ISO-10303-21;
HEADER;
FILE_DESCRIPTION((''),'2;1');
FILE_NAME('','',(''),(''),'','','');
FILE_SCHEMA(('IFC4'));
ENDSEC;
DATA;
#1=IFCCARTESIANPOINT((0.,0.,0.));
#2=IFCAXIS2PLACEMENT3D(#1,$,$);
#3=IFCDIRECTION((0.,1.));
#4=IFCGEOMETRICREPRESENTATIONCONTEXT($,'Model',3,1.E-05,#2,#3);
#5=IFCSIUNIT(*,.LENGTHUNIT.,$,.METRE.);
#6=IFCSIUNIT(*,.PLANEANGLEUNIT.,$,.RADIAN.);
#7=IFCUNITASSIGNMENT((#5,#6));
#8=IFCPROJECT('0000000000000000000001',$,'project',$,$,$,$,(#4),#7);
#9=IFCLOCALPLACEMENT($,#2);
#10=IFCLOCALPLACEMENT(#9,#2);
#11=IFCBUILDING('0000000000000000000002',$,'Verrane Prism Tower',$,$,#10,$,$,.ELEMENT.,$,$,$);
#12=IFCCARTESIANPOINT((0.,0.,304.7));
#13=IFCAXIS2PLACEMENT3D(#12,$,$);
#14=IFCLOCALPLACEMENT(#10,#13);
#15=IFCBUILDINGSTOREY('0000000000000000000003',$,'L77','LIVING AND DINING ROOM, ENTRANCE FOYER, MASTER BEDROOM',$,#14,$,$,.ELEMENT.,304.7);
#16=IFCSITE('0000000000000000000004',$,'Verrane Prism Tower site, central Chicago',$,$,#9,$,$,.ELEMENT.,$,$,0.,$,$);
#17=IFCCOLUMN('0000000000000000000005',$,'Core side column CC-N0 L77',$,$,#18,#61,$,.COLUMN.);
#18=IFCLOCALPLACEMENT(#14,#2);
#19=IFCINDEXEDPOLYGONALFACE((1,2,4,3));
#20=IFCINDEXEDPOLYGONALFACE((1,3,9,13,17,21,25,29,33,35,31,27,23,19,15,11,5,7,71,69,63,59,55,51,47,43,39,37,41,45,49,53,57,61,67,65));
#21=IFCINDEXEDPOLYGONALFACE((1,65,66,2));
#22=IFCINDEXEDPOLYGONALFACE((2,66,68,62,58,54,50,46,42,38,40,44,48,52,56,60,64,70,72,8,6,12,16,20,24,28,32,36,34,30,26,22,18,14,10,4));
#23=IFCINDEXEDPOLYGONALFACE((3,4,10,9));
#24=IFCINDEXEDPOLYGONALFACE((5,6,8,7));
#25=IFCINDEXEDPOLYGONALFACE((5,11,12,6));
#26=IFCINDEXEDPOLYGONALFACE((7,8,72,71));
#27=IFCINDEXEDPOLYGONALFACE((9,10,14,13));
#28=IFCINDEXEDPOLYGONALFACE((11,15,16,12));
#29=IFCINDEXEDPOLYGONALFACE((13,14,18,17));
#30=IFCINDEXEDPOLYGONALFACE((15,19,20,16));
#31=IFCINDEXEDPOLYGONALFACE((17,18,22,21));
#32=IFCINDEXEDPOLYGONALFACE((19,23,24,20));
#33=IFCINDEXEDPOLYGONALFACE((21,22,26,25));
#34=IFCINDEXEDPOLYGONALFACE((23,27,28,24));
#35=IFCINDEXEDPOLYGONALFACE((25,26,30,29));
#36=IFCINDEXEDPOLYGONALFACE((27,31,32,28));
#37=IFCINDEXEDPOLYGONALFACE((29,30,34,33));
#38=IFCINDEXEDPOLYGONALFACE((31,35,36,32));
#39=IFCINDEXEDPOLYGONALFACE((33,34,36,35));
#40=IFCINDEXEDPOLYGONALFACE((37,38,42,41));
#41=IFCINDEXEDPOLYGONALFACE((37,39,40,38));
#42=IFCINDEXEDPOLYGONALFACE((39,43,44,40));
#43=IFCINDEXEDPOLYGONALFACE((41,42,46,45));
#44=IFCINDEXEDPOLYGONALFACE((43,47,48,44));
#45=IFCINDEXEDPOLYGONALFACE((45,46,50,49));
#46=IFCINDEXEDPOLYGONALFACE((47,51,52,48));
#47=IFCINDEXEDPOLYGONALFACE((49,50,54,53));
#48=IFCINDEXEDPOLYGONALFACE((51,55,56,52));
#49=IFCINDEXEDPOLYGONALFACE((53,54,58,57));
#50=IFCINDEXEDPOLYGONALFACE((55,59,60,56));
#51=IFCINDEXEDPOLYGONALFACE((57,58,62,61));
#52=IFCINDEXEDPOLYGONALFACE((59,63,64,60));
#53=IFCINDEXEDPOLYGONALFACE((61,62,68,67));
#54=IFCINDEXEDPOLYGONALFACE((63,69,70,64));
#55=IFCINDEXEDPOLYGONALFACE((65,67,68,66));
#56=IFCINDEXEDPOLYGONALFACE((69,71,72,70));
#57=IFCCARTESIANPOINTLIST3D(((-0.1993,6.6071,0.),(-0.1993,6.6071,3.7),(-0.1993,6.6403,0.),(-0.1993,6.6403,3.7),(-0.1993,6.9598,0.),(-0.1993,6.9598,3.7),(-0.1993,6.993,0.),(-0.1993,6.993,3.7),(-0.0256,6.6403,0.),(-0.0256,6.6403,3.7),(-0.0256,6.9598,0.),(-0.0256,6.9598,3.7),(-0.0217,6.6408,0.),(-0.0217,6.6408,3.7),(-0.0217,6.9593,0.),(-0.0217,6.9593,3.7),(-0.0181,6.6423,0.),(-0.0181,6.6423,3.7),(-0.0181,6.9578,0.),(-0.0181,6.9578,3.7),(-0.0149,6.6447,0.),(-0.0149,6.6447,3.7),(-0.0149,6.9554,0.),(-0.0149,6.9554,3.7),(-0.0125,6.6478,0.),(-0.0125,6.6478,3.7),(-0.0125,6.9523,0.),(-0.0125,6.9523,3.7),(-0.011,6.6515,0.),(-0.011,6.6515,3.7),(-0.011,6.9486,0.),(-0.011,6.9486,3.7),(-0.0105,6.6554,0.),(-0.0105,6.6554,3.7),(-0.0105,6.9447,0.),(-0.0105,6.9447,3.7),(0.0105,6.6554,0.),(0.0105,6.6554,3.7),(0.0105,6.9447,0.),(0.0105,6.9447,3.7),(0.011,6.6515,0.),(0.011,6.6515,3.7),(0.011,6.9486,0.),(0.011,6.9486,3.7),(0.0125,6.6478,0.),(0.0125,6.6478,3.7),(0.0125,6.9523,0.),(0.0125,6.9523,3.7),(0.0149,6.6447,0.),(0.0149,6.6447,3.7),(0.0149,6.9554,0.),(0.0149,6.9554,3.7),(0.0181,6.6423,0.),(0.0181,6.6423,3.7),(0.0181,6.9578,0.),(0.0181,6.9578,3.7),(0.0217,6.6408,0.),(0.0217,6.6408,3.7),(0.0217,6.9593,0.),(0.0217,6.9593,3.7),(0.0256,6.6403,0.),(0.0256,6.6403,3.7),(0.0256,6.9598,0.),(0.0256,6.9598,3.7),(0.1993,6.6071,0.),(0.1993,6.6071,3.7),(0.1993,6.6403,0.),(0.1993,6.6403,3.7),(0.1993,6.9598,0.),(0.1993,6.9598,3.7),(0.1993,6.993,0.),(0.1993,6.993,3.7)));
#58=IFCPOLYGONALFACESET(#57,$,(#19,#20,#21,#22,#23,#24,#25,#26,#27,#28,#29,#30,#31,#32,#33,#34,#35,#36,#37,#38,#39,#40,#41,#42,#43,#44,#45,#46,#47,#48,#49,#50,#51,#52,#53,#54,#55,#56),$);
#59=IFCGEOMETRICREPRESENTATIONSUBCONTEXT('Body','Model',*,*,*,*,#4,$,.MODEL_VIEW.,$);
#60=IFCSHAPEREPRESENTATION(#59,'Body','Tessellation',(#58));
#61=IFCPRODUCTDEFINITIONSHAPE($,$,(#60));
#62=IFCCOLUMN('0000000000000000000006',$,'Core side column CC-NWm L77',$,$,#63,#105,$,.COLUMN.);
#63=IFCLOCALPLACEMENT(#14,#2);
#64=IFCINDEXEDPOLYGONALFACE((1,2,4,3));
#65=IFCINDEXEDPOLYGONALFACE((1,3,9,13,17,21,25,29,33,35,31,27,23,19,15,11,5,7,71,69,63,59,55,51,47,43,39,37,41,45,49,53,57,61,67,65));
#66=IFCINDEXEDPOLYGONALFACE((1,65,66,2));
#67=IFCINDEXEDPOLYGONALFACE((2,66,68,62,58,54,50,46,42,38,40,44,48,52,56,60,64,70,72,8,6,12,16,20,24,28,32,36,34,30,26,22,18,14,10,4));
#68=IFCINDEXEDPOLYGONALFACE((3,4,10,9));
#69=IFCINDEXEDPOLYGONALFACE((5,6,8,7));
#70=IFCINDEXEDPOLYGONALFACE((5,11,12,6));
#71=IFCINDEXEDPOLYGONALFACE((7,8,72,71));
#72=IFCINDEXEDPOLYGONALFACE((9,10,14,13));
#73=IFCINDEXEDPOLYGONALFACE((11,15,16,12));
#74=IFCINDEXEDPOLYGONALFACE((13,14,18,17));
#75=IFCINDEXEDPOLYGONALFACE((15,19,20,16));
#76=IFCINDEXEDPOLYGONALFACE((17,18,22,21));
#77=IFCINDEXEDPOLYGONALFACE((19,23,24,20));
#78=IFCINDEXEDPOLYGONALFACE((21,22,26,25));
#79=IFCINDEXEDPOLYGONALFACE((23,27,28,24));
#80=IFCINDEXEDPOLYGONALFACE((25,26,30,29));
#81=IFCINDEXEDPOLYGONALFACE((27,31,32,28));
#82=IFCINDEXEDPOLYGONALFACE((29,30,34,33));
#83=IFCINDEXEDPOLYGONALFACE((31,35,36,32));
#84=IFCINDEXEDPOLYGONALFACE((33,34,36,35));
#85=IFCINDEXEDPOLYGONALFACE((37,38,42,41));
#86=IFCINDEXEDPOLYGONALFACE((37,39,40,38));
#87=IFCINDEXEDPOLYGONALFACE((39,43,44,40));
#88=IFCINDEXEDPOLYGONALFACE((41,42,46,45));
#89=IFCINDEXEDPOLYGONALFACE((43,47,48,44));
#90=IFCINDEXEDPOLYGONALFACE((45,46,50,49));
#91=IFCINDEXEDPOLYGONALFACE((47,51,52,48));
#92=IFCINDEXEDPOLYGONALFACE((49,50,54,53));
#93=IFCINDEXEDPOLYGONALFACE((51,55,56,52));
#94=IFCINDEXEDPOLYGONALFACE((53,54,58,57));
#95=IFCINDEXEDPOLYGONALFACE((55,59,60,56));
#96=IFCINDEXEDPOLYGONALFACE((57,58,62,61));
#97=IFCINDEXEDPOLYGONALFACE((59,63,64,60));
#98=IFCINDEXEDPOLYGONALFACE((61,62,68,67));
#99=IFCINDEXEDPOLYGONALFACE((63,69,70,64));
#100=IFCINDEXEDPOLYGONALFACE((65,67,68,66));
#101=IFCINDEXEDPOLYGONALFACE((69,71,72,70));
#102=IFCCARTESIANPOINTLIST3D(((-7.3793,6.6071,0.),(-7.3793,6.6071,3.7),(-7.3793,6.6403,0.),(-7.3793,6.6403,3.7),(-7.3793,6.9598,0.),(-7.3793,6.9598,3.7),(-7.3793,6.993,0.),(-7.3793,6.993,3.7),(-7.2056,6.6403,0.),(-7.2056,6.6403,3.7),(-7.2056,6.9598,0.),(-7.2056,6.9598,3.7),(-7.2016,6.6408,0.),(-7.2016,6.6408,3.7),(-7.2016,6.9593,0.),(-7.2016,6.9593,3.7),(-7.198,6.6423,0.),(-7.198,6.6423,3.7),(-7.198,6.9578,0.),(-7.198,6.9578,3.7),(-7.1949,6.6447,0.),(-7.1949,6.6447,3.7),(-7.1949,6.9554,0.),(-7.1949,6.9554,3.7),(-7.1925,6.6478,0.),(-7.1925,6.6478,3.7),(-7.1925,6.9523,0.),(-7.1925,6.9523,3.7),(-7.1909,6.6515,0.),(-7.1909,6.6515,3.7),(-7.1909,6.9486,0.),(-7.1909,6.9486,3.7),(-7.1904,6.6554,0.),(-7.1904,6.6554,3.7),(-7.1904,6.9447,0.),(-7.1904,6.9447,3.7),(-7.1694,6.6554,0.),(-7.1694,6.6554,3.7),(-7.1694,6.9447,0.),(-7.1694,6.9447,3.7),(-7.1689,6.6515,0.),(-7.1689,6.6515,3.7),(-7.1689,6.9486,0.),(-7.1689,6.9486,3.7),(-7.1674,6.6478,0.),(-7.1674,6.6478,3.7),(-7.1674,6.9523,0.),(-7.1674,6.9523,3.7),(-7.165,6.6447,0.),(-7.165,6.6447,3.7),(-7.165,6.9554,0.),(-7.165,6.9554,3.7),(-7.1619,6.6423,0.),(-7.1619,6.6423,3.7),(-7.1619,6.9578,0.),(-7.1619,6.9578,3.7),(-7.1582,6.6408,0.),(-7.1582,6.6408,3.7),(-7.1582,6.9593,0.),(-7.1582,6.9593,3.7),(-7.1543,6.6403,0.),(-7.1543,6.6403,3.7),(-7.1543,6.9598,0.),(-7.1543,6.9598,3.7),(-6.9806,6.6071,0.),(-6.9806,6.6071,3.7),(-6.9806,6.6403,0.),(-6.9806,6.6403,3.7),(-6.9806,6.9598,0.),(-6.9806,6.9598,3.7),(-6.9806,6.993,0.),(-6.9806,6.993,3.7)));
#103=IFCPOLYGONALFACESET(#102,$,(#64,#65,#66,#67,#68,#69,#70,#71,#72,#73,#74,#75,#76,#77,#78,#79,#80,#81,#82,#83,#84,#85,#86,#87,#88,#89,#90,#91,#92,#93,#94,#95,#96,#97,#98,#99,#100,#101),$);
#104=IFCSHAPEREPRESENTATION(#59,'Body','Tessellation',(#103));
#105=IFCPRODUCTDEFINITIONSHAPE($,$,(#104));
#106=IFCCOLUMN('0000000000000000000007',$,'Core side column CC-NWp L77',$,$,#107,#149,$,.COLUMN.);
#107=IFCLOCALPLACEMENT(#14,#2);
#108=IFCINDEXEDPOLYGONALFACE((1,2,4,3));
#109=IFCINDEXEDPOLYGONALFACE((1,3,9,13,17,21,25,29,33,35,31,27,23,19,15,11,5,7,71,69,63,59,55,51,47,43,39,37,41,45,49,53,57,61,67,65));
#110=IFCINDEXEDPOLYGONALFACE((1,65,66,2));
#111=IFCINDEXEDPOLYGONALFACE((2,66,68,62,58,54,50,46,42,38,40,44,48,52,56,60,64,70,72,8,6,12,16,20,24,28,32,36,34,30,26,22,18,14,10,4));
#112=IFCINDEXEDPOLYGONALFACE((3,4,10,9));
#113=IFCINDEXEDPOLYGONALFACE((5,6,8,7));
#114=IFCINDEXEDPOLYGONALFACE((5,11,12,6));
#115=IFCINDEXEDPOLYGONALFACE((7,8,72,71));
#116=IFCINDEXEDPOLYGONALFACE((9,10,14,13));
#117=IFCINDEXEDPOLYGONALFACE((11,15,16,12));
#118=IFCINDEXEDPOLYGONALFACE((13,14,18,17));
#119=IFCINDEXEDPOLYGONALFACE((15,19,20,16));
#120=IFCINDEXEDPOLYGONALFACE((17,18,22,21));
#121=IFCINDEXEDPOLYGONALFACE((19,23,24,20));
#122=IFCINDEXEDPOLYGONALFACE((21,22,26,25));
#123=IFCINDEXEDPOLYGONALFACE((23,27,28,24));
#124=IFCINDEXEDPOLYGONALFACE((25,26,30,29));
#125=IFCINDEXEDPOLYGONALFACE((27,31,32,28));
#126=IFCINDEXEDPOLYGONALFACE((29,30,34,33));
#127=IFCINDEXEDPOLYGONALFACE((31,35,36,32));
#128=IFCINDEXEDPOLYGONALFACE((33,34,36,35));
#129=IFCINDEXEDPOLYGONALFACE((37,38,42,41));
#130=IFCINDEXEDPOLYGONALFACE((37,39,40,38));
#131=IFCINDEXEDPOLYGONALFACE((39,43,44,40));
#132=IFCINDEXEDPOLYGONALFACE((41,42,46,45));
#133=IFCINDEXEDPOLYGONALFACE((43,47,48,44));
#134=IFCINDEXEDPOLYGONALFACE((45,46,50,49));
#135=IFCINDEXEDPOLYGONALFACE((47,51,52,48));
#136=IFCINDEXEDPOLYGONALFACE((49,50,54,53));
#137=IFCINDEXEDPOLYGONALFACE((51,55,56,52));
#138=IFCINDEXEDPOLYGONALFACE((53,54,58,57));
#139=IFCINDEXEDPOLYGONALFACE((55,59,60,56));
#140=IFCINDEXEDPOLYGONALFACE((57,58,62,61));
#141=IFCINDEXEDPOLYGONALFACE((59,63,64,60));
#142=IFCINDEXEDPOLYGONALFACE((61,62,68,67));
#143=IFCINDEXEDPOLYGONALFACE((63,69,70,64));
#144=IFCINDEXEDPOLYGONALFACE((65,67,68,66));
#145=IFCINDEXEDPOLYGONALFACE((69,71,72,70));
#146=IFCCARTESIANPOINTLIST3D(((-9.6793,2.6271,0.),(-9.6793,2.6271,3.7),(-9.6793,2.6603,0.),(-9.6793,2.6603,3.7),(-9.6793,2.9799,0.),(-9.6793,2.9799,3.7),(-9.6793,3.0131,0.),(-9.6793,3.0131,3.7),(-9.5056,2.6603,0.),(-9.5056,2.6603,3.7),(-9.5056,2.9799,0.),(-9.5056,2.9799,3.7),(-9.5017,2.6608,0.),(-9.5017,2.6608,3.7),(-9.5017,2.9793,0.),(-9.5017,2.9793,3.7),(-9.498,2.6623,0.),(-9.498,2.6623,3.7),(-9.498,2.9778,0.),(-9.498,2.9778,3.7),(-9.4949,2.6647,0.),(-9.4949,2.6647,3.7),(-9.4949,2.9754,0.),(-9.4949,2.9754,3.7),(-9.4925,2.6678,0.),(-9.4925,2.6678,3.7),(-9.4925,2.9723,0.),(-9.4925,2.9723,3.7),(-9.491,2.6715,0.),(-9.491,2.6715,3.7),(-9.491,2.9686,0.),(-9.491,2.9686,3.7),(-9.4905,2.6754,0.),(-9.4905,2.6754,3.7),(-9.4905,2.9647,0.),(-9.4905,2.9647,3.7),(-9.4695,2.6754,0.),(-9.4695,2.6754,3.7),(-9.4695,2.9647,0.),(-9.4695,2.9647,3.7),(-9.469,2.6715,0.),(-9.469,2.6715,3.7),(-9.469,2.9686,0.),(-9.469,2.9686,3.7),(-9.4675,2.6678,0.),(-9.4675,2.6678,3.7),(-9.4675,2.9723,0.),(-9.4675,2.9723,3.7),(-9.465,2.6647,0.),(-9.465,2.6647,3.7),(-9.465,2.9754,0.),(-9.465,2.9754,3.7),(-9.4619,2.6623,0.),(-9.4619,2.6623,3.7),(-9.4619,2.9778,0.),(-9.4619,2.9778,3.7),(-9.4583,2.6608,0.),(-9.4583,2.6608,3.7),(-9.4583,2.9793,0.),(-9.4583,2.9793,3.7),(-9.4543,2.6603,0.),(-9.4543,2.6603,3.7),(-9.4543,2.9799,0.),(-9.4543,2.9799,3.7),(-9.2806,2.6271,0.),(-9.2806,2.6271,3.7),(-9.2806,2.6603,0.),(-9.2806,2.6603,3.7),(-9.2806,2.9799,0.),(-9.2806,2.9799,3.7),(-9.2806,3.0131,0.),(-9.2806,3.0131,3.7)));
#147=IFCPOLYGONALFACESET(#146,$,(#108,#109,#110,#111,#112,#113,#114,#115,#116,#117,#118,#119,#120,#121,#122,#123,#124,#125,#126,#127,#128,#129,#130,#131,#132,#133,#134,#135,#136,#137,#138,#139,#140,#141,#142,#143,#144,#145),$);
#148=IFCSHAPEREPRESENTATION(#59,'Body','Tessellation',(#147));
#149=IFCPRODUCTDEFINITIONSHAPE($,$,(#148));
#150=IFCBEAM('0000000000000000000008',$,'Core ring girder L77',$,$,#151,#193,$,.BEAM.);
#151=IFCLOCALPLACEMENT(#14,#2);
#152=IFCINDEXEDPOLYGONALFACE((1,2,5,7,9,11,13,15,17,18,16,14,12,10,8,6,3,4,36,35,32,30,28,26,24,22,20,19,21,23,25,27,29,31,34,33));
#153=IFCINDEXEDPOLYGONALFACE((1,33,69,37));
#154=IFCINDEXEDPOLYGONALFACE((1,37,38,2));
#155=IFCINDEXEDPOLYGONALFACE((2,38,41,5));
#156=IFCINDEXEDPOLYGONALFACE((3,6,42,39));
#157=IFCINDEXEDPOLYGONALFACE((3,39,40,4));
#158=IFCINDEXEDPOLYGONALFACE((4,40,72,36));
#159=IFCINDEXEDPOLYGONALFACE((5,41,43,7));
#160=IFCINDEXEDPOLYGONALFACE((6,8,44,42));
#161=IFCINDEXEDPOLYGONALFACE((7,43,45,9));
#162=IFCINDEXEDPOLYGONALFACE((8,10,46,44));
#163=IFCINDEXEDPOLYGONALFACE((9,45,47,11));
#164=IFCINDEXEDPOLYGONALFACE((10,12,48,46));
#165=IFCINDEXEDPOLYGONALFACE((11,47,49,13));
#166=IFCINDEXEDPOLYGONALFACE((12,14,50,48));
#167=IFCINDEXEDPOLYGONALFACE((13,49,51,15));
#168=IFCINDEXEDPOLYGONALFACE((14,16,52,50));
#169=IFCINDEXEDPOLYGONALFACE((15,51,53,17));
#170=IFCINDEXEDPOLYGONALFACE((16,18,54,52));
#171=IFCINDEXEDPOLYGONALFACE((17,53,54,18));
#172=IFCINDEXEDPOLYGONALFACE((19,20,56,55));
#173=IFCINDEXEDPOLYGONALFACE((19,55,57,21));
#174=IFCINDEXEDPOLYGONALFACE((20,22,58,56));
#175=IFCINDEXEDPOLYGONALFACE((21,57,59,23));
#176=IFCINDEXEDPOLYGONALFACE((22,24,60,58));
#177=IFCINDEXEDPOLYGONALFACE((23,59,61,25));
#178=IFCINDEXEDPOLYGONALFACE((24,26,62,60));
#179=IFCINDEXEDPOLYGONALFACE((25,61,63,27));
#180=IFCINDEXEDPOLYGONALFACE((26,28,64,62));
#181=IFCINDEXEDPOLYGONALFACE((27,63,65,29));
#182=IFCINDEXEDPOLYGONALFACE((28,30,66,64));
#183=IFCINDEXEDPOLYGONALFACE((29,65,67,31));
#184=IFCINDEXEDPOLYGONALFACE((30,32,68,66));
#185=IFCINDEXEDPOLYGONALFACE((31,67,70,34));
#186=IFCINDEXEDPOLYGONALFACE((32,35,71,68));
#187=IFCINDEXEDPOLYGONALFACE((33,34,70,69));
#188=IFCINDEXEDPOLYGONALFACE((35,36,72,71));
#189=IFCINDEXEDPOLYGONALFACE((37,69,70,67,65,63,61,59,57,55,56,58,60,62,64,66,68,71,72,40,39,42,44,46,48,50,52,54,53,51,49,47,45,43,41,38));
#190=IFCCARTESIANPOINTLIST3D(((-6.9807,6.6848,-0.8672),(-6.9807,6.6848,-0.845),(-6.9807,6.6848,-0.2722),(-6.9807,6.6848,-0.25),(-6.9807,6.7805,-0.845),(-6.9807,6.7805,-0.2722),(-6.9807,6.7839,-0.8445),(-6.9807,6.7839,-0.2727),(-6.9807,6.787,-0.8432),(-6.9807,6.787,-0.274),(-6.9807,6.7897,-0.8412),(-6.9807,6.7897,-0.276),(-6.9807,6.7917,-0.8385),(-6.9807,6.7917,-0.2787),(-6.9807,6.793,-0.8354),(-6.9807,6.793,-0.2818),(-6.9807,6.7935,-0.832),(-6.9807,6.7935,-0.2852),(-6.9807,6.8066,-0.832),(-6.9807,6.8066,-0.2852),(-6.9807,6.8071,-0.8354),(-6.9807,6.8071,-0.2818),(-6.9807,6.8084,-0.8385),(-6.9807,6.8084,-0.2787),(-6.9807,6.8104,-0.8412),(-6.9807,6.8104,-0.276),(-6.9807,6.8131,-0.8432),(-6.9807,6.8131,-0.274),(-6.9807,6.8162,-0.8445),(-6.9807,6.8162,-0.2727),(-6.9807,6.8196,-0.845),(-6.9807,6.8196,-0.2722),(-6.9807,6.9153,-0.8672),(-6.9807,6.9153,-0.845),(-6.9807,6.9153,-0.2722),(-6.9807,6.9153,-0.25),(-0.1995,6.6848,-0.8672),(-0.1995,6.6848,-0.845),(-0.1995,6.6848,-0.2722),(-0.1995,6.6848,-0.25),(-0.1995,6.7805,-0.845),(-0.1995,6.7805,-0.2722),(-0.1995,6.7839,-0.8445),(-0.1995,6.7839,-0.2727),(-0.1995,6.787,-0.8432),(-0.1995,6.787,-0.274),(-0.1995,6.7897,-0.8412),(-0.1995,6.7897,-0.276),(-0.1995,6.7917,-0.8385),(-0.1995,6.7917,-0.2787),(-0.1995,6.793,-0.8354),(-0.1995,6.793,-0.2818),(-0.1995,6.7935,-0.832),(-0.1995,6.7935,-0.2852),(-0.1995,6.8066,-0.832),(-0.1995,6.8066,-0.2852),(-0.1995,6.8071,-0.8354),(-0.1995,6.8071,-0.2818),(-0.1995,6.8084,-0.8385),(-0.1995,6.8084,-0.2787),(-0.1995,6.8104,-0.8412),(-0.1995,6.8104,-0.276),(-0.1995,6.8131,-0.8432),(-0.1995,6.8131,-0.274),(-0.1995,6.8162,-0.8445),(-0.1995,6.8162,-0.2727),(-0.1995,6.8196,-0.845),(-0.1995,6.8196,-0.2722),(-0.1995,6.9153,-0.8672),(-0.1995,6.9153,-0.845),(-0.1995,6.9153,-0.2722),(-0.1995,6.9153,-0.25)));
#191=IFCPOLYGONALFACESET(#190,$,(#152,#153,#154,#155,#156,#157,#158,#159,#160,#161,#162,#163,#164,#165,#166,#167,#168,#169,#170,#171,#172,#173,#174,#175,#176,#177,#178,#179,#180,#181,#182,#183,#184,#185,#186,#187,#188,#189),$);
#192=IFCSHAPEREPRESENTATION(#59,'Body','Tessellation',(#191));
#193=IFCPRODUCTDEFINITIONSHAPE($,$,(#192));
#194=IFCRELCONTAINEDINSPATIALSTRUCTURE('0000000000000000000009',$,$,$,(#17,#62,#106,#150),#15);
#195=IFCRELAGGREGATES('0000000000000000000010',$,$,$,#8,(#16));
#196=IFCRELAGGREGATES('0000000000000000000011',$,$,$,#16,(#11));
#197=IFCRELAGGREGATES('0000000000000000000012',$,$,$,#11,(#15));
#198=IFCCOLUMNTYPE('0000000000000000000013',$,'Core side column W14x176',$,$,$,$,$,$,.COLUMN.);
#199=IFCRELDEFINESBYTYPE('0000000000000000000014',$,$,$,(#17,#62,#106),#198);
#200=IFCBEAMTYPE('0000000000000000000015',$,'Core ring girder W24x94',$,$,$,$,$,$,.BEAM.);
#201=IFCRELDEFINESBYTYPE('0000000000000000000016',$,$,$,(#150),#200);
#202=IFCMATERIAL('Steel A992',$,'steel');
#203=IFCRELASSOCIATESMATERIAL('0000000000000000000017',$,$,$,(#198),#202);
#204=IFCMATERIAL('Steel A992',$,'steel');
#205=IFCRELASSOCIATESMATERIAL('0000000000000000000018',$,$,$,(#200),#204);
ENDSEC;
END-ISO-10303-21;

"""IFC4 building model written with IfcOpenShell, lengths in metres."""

from ifc_helpers import new_model, si_unit, direction, frame, origin, origin_2d, place, context, subcontext, project, spatial, i_section, extrude, material, material_profile, profile_set, type_object, element, save


model = new_model("IFC4")

# Units and contexts
model_context = context("Model", 3, precision=1e-05, world=origin(), true_north=direction((0.0, 1.0)))
body_context = subcontext(model_context, "Body", "Model", "MODEL_VIEW")
ifc_project = project(units=[si_unit("LENGTHUNIT", "METRE"), si_unit("PLANEANGLEUNIT", "RADIAN")], contexts=[model_context])

# Site, building, storey
site_placement = place(None, origin())
site = spatial("IfcSite", under=ifc_project, at=site_placement, Name="Verrane Prism Tower site, central Chicago", CompositionType="ELEMENT", RefElevation=0.0)
building_placement = place(site_placement, origin())
building = spatial("IfcBuilding", under=site, at=building_placement, Name="Verrane Prism Tower", CompositionType="ELEMENT")
storey_placement = place(building_placement, frame((0.0, 0.0, 304.7)))
storey = spatial("IfcBuildingStorey", under=building, at=storey_placement, Name="L77", Description="LIVING AND DINING ROOM, ENTRANCE FOYER, MASTER BEDROOM", CompositionType="ELEMENT", Elevation=304.7)

# Columns
ifc_material_1 = material(Name="Steel A992", Category="steel")
ifc_material_profile_1 = material_profile(ifc_material_1, i_section(OverallWidth=0.3987, OverallDepth=0.386, WebThickness=0.021, FlangeThickness=0.0332, FilletRadius=0.0151, at=origin_2d()), Name="W14x176")
ifc_profile_set_1 = profile_set([ifc_material_profile_1], Name="Steel A992")
column_type = type_object("IfcColumnType", Name="Core side column W14x176", PredefinedType="COLUMN", material=ifc_profile_set_1)
for number, where, z_axis, x_axis, name in (
    (1, (0.0, 6.8, 0.0), (0.0, 0.0, 1.0), (1.0, 0.0, 0.0), "Core side column CC-N0 L77"),
    (2, (-7.1799, 6.8, 0.0), (0.0, 0.0, 1.0), (1.0, 0.0, 0.0), "Core side column CC-NWm L77"),
    (3, (-9.48, 2.8201, 0.0), (0.0, 0.0, 1.0), (1.0, 0.0, 0.0), "Core side column CC-NWp L77"),
):
    element("IfcColumn", number, at=place(storey_placement, frame(where, z_axis=z_axis, x_axis=x_axis)), inside=storey, type_object=column_type, Name=name, PredefinedType="COLUMN", context=body_context, shape_type="SweptSolid", body=[
        extrude(i_section(OverallWidth=0.3987, OverallDepth=0.386, WebThickness=0.021, FlangeThickness=0.0332, FilletRadius=0.0151, at=origin_2d()), origin(), (0.0, 0.0, 1.0), 3.7),
    ])

# Beam
ifc_material_2 = material(Name="Steel A992", Category="steel")
ifc_material_profile_2 = material_profile(ifc_material_2, i_section(OverallWidth=0.2305, OverallDepth=0.6172, WebThickness=0.0132, FlangeThickness=0.0222, FilletRadius=0.0129, at=origin_2d()), Name="W24x94")
ifc_profile_set_2 = profile_set([ifc_material_profile_2], Name="Steel A992")
beam_type_1 = type_object("IfcBeamType", Name="Core ring girder W24x94", PredefinedType="BEAM", material=ifc_profile_set_2)
beam_1_placement = place(storey_placement, frame((-0.1995, 6.8, -0.5586), z_axis=(-1.0, 0.0, 0.0), x_axis=(0.0, -1.0, 0.0)))
element("IfcBeam", 4, at=beam_1_placement, inside=storey, type_object=beam_type_1, Name="Core ring girder L77", PredefinedType="BEAM", context=body_context, shape_type="SweptSolid", body=[
    extrude(i_section(OverallWidth=0.2305, OverallDepth=0.6172, WebThickness=0.0132, FlangeThickness=0.0222, FilletRadius=0.0129, at=origin_2d()), origin(), (0.0, 0.0, 1.0), 6.7812),
])

save(model, "model.ifc")
